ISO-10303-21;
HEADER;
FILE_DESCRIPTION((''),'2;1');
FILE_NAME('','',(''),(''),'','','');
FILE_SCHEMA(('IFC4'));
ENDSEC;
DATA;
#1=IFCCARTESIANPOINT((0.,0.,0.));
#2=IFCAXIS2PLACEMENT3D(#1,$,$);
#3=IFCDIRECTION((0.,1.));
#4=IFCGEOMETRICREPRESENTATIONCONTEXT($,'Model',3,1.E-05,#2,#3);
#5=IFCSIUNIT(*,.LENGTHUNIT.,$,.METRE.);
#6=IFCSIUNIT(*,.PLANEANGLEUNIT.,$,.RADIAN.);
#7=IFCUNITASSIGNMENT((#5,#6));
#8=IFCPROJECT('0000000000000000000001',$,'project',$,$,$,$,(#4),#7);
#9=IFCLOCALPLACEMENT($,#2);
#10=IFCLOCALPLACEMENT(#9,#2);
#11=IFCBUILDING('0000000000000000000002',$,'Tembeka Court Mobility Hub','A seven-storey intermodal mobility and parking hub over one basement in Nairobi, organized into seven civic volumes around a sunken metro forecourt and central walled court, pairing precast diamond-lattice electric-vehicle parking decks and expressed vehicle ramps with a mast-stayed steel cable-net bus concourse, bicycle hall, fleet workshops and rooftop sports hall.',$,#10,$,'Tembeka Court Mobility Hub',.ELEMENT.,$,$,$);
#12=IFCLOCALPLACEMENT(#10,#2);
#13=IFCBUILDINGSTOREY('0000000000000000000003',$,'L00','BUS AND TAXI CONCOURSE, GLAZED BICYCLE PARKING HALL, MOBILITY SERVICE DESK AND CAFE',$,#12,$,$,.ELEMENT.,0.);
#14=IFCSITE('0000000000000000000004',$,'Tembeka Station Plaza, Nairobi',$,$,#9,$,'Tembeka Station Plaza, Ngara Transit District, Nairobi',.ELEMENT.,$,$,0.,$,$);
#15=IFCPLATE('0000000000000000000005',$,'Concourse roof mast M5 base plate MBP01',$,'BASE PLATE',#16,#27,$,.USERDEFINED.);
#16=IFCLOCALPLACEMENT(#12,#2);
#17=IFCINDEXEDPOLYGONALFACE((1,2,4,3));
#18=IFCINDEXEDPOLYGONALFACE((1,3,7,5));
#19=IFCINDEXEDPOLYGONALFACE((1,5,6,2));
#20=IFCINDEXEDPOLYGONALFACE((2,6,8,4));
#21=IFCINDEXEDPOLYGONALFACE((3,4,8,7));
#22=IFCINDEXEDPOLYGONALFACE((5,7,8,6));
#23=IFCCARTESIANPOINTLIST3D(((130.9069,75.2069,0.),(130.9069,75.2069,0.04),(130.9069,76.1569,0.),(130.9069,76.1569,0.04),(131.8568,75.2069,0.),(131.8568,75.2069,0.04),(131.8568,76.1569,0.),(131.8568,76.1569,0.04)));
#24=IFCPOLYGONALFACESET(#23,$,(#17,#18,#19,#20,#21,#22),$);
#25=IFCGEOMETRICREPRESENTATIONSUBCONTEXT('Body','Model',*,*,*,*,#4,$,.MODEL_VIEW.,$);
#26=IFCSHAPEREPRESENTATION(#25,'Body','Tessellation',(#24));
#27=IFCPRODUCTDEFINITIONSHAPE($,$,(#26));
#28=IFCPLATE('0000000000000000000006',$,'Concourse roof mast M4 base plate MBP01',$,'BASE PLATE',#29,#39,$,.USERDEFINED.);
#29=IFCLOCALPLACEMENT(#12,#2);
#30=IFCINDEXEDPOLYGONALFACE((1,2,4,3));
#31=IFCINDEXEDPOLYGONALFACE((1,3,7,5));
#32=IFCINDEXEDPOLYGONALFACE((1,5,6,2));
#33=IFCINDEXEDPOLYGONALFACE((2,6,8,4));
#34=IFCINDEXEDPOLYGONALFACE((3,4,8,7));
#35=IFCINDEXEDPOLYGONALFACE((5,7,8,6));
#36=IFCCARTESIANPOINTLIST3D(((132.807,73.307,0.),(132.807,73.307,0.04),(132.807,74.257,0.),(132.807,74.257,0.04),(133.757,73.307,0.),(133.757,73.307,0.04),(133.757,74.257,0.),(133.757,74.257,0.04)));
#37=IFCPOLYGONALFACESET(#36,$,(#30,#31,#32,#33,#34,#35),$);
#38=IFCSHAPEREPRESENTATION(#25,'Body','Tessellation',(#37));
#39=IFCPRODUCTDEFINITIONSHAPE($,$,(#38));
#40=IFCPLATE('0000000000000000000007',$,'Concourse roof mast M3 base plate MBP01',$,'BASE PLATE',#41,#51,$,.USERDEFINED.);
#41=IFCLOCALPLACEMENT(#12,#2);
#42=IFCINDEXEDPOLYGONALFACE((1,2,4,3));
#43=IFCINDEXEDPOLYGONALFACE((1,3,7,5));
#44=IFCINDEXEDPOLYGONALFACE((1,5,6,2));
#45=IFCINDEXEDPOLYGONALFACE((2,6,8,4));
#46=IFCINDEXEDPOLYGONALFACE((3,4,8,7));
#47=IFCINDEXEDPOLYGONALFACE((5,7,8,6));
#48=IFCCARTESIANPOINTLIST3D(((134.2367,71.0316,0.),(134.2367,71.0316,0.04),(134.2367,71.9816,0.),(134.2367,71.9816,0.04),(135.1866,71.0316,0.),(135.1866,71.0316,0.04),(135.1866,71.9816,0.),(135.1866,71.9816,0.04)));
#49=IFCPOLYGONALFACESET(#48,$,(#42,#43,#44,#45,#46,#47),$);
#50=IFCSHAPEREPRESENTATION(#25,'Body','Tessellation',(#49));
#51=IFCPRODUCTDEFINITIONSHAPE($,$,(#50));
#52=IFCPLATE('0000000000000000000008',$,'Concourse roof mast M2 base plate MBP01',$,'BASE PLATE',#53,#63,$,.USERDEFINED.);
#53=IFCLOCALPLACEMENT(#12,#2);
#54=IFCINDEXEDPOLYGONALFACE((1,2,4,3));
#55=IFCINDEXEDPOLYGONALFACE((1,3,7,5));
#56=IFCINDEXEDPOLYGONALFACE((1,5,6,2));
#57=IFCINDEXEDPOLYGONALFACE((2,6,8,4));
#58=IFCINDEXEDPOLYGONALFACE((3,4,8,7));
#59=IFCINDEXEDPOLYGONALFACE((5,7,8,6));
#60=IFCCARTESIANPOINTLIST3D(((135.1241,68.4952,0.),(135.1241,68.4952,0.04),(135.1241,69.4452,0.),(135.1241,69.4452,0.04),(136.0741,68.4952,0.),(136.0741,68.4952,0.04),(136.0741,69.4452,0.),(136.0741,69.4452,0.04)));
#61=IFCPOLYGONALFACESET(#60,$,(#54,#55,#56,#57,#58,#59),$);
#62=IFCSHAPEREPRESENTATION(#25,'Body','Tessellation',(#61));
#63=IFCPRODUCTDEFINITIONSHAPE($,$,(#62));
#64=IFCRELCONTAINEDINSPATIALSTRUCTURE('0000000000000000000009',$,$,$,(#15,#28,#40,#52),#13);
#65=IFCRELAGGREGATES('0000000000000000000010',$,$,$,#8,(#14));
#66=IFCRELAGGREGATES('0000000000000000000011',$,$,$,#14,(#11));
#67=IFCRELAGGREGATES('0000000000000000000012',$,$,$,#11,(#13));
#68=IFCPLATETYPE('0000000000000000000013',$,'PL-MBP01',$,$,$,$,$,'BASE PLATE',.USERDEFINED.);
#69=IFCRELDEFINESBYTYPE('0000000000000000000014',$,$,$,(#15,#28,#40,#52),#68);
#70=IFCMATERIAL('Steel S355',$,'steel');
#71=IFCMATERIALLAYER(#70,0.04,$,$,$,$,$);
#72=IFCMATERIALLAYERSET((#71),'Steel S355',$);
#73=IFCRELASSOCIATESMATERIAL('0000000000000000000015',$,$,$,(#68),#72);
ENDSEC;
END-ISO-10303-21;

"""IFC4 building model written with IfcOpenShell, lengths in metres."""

from ifc_helpers import new_model, si_unit, direction, frame, origin, origin_2d, place, context, subcontext, project, spatial, rectangle, extrude, material, layer, layer_set, type_object, element, save


model = new_model("IFC4")

# Units and contexts
model_context = context("Model", 3, precision=1e-05, world=origin(), true_north=direction((0.0, 1.0)))
body_context = subcontext(model_context, "Body", "Model", "MODEL_VIEW")
ifc_project = project(units=[si_unit("LENGTHUNIT", "METRE"), si_unit("PLANEANGLEUNIT", "RADIAN")], contexts=[model_context])

# Site, building, storey
site_placement = place(None, origin())
site = spatial("IfcSite", under=ifc_project, at=site_placement, Name="Tembeka Station Plaza, Nairobi", LongName="Tembeka Station Plaza, Ngara Transit District, Nairobi", CompositionType="ELEMENT", RefElevation=0.0)
building_placement = place(site_placement, origin())
building = spatial("IfcBuilding", under=site, at=building_placement, Name="Tembeka Court Mobility Hub", Description="A seven-storey intermodal mobility and parking hub over one basement in Nairobi, organized into seven civic volumes around a sunken metro forecourt and central walled court, pairing precast diamond-lattice electric-vehicle parking decks and expressed vehicle ramps with a mast-stayed steel cable-net bus concourse, bicycle hall, fleet workshops and rooftop sports hall.", LongName="Tembeka Court Mobility Hub", CompositionType="ELEMENT")
storey_placement = place(building_placement, origin())
storey = spatial("IfcBuildingStorey", under=building, at=storey_placement, Name="L00", Description="BUS AND TAXI CONCOURSE, GLAZED BICYCLE PARKING HALL, MOBILITY SERVICE DESK AND CAFE", CompositionType="ELEMENT", Elevation=0.0)

# Shared definitions
ifc_material = material(Name="Steel S355", Category="steel")

# Plates
ifc_layer = layer(ifc_material, 0.04)
ifc_layer_set = layer_set([ifc_layer], Name="Steel S355")
plate_type = type_object("IfcPlateType", Name="PL-MBP01", ElementType="BASE PLATE", PredefinedType="USERDEFINED", material=ifc_layer_set)
for number, where, z_axis, x_axis, name in (
    (1, (131.3818, 75.6819, 0.0), (0.0, 0.0, 1.0), (1.0, 0.0, 0.0), "Concourse roof mast M5 base plate MBP01"),
    (2, (133.282, 73.782, 0.0), (0.0, 0.0, 1.0), (1.0, 0.0, 0.0), "Concourse roof mast M4 base plate MBP01"),
    (3, (134.7117, 71.5066, 0.0), (0.0, 0.0, 1.0), (1.0, 0.0, 0.0), "Concourse roof mast M3 base plate MBP01"),
    (4, (135.5991, 68.9702, 0.0), (0.0, 0.0, 1.0), (1.0, 0.0, 0.0), "Concourse roof mast M2 base plate MBP01"),
):
    element("IfcPlate", number, at=place(storey_placement, frame(where, z_axis=z_axis, x_axis=x_axis)), inside=storey, type_object=plate_type, Name=name, ObjectType="BASE PLATE", PredefinedType="USERDEFINED", context=body_context, shape_type="SweptSolid", body=[
        extrude(rectangle(XDim=0.95, YDim=0.95, at=origin_2d()), origin(), (0.0, 0.0, 1.0), 0.04),
    ])

save(model, "model.ifc")
